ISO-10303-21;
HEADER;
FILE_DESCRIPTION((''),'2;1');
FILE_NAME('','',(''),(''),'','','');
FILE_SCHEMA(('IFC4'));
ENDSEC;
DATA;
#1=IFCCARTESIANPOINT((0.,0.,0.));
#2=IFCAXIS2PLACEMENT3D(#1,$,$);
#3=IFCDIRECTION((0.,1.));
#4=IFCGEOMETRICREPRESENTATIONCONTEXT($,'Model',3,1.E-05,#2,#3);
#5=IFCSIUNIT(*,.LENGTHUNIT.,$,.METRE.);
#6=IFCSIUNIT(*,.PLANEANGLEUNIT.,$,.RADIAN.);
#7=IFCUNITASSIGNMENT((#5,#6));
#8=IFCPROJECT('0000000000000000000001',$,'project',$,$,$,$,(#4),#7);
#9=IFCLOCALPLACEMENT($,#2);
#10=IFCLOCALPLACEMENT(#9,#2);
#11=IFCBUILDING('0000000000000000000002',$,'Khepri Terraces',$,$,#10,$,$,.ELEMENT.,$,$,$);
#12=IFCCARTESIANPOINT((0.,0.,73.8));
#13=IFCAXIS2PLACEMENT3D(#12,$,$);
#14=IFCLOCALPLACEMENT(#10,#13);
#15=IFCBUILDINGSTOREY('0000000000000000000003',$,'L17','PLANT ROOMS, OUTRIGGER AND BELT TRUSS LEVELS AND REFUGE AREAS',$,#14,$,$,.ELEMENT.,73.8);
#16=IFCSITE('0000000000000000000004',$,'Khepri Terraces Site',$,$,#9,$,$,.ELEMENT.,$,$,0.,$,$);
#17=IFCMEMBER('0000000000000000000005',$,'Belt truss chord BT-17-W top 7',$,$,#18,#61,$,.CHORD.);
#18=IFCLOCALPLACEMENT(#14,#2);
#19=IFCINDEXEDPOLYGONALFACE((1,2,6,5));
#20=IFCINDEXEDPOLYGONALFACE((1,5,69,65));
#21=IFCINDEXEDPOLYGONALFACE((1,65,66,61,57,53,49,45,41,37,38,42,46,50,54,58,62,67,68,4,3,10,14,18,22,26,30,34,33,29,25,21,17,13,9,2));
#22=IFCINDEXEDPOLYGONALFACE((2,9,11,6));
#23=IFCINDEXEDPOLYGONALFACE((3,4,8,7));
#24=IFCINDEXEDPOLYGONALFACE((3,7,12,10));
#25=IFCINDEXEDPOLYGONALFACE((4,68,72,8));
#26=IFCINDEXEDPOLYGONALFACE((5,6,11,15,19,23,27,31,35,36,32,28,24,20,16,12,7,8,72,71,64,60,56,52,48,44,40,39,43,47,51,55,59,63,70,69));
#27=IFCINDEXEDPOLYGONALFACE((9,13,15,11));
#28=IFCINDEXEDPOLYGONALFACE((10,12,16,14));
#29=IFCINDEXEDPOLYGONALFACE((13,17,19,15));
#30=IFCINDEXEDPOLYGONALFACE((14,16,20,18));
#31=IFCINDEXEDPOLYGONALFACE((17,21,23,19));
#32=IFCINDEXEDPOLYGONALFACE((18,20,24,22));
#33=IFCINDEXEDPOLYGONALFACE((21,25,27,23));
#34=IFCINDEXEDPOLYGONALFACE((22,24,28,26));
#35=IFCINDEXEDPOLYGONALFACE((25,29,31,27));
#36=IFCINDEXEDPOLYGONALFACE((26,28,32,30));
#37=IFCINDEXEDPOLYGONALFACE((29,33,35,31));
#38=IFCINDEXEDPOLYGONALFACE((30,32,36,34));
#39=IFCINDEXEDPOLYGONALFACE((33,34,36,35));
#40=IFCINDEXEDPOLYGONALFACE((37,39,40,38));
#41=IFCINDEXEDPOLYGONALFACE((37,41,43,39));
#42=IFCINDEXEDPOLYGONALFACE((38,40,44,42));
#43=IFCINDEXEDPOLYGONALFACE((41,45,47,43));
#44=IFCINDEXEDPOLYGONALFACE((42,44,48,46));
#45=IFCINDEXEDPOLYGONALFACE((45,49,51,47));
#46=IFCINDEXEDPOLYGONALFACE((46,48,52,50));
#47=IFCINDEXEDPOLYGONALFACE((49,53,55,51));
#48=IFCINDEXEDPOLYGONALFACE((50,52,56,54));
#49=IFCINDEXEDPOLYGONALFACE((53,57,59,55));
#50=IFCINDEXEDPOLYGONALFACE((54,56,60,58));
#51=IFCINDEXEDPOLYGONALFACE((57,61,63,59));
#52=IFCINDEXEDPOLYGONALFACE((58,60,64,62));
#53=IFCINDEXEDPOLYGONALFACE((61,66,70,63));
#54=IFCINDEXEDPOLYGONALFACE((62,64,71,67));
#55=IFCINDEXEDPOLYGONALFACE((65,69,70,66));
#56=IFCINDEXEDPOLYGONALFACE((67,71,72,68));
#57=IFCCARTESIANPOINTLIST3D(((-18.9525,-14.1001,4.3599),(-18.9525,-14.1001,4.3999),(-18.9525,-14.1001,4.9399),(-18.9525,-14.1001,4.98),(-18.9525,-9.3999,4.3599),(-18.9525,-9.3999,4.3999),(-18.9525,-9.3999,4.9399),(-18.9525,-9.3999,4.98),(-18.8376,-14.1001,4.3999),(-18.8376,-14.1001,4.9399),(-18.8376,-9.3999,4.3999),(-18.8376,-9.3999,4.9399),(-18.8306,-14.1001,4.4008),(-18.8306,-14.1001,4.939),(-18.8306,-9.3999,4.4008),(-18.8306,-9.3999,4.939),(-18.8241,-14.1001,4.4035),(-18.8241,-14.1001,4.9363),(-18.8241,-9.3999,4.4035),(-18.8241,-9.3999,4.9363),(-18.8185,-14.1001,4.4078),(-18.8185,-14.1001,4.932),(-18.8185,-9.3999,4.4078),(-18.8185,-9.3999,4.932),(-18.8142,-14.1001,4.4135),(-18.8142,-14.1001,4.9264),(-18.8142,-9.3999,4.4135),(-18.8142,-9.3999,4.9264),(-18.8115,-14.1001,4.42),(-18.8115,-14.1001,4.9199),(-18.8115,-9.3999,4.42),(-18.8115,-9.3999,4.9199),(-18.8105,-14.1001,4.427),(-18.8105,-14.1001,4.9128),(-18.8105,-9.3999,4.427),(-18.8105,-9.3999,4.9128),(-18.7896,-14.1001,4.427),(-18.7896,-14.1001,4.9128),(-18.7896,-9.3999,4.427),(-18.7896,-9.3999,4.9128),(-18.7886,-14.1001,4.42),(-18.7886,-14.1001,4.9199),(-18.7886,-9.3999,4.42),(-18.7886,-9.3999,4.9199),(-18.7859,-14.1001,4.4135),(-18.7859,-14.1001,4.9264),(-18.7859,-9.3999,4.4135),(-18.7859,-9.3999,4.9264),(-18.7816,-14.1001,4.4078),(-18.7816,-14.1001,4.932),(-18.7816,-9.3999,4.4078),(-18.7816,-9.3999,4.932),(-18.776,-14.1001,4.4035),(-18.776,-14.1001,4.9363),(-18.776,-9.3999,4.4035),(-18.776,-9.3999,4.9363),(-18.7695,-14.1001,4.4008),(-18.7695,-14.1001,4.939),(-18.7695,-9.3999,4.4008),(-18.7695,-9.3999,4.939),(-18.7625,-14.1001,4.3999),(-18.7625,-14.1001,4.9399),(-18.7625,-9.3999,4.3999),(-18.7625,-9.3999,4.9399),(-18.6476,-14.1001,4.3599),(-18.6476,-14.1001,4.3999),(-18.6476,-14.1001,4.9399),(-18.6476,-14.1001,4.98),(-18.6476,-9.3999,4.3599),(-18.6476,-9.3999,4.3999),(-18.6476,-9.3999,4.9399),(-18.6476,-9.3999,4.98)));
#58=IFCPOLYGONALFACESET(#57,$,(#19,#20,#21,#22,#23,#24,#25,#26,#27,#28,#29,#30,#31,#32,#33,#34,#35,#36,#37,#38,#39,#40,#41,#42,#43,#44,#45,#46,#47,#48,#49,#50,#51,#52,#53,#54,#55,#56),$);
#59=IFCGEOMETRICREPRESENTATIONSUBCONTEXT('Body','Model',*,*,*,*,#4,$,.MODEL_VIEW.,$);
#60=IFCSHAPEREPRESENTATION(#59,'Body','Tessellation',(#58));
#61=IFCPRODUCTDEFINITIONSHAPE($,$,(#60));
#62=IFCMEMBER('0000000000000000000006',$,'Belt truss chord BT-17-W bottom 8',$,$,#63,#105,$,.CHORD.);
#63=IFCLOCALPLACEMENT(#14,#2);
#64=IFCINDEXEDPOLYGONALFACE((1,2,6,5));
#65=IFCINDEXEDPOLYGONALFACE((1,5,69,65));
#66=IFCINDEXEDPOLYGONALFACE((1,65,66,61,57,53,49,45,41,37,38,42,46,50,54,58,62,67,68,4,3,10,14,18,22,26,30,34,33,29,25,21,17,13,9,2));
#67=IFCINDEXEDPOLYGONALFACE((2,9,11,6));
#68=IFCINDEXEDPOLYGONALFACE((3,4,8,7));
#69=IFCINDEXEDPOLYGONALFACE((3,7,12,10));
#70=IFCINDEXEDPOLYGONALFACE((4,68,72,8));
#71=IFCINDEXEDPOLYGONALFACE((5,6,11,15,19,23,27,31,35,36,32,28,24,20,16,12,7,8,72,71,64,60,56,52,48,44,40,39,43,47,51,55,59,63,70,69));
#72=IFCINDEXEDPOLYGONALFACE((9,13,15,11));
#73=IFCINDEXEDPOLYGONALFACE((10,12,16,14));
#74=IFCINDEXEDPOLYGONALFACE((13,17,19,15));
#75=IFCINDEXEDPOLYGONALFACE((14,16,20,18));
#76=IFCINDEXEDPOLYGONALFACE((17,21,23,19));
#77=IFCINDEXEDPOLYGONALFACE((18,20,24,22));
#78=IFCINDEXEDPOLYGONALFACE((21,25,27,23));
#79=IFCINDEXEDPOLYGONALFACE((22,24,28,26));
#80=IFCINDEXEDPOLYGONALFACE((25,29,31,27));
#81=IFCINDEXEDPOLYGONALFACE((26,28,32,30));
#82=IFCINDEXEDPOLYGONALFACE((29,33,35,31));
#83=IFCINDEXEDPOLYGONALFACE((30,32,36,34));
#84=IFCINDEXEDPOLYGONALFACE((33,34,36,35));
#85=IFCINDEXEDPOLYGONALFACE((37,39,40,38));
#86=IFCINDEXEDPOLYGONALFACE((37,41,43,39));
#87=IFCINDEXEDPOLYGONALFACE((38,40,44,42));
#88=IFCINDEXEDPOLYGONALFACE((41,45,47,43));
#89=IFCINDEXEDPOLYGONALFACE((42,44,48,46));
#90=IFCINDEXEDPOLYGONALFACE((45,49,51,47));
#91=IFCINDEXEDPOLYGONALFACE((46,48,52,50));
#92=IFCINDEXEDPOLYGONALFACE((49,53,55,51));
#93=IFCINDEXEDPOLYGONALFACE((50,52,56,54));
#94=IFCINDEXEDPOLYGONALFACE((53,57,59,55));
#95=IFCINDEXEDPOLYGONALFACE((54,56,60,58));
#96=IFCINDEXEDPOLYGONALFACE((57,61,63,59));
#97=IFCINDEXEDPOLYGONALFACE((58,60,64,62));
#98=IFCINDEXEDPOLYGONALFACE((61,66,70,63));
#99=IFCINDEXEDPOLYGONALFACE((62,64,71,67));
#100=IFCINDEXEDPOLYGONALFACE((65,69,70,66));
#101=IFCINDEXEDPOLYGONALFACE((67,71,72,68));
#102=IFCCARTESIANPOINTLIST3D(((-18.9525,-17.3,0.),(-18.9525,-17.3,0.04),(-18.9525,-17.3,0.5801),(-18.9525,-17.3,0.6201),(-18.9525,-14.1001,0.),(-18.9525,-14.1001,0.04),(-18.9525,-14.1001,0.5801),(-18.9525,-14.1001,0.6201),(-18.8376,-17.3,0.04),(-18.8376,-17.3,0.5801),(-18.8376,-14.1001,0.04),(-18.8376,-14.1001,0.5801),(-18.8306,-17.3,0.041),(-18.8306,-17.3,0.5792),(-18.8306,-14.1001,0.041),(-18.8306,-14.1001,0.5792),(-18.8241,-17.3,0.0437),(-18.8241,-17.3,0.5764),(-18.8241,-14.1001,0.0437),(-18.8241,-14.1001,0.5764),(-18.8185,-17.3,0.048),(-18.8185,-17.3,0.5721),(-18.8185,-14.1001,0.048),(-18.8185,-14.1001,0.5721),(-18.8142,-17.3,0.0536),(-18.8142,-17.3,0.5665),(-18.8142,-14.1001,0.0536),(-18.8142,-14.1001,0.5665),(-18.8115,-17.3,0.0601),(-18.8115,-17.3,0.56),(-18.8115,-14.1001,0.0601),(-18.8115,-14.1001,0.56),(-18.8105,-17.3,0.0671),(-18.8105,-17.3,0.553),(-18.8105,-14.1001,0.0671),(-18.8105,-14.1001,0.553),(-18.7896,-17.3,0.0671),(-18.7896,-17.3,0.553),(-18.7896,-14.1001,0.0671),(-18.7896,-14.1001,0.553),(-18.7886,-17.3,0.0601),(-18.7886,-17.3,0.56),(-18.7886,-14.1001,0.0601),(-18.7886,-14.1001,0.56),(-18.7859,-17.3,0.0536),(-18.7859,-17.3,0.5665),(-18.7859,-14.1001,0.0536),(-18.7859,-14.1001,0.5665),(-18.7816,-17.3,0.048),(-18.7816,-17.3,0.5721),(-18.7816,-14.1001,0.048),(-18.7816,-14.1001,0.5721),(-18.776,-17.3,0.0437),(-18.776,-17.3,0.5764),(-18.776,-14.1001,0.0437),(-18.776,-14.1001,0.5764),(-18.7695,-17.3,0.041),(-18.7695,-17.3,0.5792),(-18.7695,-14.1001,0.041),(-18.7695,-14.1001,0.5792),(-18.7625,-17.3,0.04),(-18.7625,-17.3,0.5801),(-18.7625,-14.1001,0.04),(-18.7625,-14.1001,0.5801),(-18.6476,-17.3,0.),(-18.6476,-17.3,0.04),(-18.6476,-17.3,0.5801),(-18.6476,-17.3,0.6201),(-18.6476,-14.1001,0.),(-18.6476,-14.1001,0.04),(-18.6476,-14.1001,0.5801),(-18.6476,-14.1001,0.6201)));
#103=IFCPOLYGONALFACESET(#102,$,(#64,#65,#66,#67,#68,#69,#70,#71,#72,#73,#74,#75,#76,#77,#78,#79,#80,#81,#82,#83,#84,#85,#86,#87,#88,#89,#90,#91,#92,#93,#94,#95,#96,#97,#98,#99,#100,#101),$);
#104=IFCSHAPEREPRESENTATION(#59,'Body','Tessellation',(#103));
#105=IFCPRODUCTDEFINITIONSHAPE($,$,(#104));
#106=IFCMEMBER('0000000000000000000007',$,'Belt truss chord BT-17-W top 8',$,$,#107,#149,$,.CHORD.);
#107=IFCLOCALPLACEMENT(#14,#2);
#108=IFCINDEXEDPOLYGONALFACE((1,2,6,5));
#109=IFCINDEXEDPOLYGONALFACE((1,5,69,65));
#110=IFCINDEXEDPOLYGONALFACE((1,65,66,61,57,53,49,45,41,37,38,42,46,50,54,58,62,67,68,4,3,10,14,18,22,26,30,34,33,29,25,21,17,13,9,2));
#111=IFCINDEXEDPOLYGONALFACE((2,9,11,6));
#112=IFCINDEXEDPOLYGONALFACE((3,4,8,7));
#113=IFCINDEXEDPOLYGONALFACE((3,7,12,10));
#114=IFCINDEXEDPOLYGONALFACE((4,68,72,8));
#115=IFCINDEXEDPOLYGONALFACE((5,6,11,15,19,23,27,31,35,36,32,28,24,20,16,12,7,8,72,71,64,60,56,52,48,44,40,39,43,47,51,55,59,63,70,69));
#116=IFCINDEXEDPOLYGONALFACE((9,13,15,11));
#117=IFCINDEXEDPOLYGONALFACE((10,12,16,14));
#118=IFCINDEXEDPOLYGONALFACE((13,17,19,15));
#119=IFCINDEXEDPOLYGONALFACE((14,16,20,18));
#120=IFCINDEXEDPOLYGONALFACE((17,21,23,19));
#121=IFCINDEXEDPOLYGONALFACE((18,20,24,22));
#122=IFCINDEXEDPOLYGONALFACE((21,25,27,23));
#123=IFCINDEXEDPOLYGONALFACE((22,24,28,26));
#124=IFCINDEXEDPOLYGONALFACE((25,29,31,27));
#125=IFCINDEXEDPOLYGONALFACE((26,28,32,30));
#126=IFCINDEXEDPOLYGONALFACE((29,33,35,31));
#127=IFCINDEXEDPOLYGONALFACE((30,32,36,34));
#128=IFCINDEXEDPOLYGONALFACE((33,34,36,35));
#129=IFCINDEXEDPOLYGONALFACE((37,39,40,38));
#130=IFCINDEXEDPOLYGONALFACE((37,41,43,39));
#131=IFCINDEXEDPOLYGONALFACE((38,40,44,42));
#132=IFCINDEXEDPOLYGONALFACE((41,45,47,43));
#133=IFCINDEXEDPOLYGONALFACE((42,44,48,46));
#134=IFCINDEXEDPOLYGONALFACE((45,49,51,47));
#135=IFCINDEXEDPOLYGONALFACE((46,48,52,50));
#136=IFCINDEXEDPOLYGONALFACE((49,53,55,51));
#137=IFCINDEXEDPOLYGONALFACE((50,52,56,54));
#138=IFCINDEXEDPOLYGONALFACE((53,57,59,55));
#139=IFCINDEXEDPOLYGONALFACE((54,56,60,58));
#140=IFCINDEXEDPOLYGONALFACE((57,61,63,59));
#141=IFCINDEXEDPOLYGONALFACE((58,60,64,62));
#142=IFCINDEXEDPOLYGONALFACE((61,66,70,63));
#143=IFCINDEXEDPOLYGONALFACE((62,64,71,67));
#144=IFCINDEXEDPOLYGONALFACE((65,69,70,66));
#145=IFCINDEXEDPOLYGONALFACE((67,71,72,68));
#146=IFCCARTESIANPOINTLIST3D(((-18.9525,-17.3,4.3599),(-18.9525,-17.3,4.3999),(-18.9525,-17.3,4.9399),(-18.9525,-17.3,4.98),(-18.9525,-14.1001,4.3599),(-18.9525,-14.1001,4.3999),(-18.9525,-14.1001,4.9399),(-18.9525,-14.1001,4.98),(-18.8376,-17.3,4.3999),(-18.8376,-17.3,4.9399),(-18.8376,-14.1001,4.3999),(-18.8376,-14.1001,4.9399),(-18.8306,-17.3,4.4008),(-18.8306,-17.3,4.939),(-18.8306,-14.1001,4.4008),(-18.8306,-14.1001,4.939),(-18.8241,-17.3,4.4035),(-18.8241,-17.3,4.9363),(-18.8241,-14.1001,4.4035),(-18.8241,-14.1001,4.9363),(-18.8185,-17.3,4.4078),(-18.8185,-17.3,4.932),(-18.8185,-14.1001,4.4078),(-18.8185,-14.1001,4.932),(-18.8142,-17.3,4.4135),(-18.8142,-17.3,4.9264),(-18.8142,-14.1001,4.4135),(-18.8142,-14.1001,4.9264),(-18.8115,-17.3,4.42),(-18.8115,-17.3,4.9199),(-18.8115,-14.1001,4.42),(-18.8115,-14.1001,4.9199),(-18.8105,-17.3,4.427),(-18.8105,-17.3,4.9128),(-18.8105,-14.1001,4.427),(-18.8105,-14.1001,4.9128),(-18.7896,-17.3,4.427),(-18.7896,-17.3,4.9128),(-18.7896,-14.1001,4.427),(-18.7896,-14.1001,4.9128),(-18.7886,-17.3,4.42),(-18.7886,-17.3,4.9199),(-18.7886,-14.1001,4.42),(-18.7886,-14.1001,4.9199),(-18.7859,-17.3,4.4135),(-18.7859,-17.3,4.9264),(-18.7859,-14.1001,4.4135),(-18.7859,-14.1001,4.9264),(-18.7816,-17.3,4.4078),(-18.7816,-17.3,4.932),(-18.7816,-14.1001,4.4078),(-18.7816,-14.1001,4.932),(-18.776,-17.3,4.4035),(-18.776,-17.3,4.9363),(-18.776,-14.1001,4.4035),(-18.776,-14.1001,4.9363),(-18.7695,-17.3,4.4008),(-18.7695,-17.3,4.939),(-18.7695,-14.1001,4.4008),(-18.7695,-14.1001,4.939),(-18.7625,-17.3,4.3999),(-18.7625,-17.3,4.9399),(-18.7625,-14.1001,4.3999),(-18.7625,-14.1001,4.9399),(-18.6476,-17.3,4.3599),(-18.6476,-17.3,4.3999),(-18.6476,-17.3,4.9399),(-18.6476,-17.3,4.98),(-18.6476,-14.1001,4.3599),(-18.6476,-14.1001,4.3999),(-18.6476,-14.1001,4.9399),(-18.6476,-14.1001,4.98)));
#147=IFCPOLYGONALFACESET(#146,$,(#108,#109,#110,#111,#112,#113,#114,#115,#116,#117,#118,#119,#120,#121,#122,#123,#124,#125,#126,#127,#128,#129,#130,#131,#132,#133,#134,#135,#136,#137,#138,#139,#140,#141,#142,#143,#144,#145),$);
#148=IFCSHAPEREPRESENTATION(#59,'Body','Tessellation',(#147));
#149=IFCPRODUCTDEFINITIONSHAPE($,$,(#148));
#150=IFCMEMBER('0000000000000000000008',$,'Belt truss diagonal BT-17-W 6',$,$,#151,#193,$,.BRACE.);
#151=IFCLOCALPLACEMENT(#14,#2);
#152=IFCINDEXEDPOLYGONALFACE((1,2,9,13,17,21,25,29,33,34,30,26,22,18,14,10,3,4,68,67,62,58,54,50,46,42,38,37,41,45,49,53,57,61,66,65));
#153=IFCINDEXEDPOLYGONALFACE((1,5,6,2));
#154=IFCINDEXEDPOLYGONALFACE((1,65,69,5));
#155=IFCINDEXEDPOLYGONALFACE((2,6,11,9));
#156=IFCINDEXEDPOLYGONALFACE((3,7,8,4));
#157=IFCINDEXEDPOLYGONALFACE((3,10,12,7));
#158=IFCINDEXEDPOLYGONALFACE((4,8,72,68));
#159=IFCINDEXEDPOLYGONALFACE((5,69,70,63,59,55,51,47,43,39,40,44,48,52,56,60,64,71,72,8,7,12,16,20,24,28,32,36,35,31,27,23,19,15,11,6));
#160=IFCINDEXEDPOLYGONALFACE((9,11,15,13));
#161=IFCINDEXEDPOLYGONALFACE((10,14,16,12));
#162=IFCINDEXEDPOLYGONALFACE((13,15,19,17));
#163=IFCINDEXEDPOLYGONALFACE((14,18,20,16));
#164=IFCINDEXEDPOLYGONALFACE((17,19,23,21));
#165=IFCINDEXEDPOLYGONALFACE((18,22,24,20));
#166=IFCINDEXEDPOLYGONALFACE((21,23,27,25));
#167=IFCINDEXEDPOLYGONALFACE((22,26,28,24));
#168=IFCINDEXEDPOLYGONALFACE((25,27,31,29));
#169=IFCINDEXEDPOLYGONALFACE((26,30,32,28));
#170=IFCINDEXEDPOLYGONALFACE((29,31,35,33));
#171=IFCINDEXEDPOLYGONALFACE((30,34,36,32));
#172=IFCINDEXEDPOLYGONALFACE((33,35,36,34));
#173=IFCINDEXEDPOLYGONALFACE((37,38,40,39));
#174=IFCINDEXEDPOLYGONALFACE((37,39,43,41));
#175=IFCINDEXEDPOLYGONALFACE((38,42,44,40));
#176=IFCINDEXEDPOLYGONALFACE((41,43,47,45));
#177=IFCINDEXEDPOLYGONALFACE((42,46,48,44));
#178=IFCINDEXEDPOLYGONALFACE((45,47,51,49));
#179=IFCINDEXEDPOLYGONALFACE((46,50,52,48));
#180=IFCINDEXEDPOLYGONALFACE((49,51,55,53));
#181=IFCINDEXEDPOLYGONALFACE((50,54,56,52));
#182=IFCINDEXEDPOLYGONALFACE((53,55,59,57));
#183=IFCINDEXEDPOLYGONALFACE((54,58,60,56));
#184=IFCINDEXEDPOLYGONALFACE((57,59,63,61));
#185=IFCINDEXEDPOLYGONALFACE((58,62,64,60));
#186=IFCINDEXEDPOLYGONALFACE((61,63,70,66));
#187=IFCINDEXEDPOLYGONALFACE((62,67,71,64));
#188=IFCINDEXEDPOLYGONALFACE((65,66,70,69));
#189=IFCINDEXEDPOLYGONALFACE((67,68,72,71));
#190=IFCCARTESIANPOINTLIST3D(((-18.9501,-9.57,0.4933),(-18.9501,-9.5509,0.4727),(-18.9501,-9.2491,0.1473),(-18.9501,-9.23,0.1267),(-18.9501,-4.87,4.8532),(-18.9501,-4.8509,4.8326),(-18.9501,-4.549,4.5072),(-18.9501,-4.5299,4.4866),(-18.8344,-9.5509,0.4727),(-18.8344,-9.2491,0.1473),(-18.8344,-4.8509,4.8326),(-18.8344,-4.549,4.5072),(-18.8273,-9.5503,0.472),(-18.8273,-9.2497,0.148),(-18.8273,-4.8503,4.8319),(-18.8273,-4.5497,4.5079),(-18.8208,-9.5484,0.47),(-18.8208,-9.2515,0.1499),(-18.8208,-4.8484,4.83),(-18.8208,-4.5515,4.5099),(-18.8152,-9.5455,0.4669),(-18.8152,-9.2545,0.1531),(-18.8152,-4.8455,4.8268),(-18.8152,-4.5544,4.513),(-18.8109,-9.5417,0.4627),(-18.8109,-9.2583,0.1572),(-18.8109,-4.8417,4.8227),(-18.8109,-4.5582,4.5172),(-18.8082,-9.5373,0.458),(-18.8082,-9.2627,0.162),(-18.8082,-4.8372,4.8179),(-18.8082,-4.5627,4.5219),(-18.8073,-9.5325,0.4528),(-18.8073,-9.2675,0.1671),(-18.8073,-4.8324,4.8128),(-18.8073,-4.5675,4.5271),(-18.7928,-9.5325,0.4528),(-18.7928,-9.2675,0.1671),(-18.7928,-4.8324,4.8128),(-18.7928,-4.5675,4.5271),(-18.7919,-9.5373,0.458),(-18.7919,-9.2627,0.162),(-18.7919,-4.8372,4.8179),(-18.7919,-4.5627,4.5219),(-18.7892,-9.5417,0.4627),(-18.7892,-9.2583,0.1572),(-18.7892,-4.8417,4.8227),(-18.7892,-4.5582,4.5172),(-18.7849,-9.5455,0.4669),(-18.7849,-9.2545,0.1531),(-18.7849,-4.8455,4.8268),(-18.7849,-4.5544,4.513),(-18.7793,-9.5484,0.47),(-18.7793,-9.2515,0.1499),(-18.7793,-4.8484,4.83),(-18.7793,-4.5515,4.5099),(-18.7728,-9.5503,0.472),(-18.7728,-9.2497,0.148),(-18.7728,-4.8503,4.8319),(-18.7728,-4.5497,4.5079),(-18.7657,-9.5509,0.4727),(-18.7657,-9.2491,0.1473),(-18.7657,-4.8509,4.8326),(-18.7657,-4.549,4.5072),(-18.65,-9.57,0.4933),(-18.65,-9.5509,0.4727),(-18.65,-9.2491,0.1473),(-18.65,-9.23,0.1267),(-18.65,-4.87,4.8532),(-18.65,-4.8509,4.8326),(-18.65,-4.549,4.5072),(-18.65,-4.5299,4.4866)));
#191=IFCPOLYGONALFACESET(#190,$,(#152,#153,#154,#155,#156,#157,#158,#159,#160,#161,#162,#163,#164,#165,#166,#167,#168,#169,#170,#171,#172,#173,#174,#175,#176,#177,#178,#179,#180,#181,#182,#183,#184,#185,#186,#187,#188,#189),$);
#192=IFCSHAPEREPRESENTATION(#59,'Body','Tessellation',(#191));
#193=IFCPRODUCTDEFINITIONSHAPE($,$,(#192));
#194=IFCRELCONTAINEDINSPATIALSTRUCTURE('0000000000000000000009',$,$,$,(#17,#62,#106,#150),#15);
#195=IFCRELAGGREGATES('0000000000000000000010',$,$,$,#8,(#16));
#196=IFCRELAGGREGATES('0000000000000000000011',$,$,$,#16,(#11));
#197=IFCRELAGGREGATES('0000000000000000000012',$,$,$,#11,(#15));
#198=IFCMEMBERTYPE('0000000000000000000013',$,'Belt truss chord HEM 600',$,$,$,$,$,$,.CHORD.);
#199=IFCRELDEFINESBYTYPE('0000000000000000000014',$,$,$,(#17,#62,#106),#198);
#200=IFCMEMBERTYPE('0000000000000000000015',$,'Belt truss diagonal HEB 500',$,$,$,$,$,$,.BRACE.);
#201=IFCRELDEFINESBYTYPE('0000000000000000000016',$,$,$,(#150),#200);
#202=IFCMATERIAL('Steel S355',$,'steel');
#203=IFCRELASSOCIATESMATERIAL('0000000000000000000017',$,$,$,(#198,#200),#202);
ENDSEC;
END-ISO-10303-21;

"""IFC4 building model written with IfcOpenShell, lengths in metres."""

from ifc_helpers import new_model, si_unit, direction, frame, origin, origin_2d, place, context, subcontext, project, spatial, i_section, extrude, material, material_profile, profile_set, type_object, element, save


model = new_model("IFC4")

# Units and contexts
model_context = context("Model", 3, precision=1e-05, world=origin(), true_north=direction((0.0, 1.0)))
body_context = subcontext(model_context, "Body", "Model", "MODEL_VIEW")
ifc_project = project(units=[si_unit("LENGTHUNIT", "METRE"), si_unit("PLANEANGLEUNIT", "RADIAN")], contexts=[model_context])

# Site, building, storey
site_placement = place(None, origin())
site = spatial("IfcSite", under=ifc_project, at=site_placement, Name="Khepri Terraces Site", CompositionType="ELEMENT", RefElevation=0.0)
building_placement = place(site_placement, origin())
building = spatial("IfcBuilding", under=site, at=building_placement, Name="Khepri Terraces", CompositionType="ELEMENT")
storey_placement = place(building_placement, frame((0.0, 0.0, 73.8)))
storey = spatial("IfcBuildingStorey", under=building, at=storey_placement, Name="L17", Description="PLANT ROOMS, OUTRIGGER AND BELT TRUSS LEVELS AND REFUGE AREAS", CompositionType="ELEMENT", Elevation=73.8)

# Members
ifc_material_1 = material(Name="Steel S355", Category="steel")
ifc_material_profile_1 = material_profile(ifc_material_1, i_section(OverallWidth=0.3049, OverallDepth=0.6201, WebThickness=0.021, FlangeThickness=0.04, FilletRadius=0.0271, at=origin_2d()), Name="Steel S355", Category="steel")
ifc_profile_set_1 = profile_set([ifc_material_profile_1], Name="Steel S355")
member_type_1 = type_object("IfcMemberType", Name="Belt truss chord HEM 600", PredefinedType="CHORD", material=ifc_profile_set_1)
for number, where, z_axis, x_axis, name in (
    (1, (-18.8, -9.3999, 4.6699), (0.0, -1.0, 0.0), (1.0, 0.0, 0.0), "Belt truss chord BT-17-W top 7"),
):
    element("IfcMember", number, at=place(storey_placement, frame(where, z_axis=z_axis, x_axis=x_axis)), inside=storey, type_object=member_type_1, Name=name, PredefinedType="CHORD", context=body_context, shape_type="SweptSolid", body=[
        extrude(i_section(OverallWidth=0.3049, OverallDepth=0.6201, WebThickness=0.021, FlangeThickness=0.04, FilletRadius=0.0271, at=origin_2d()), origin(), (0.0, 0.0, 1.0), 4.7002),
    ])
for number, where, z_axis, x_axis, name in (
    (2, (-18.8, -14.1001, 0.3101), (0.0, -1.0, 0.0), (1.0, 0.0, 0.0), "Belt truss chord BT-17-W bottom 8"),
    (3, (-18.8, -14.1001, 4.6699), (0.0, -1.0, 0.0), (1.0, 0.0, 0.0), "Belt truss chord BT-17-W top 8"),
):
    element("IfcMember", number, at=place(storey_placement, frame(where, z_axis=z_axis, x_axis=x_axis)), inside=storey, type_object=member_type_1, Name=name, PredefinedType="CHORD", context=body_context, shape_type="SweptSolid", body=[
        extrude(i_section(OverallWidth=0.3049, OverallDepth=0.6201, WebThickness=0.021, FlangeThickness=0.04, FilletRadius=0.0271, at=origin_2d()), origin(), (0.0, 0.0, 1.0), 3.2),
    ])
ifc_material_profile_2 = material_profile(ifc_material_1, i_section(OverallWidth=0.3, OverallDepth=0.5, WebThickness=0.0144, FlangeThickness=0.0281, FilletRadius=0.0271, at=origin_2d()), Name="Steel S355", Category="steel")
ifc_profile_set_2 = profile_set([ifc_material_profile_2], Name="Steel S355")
member_type_2 = type_object("IfcMemberType", Name="Belt truss diagonal HEB 500", PredefinedType="BRACE", material=ifc_profile_set_2)
for number, where, z_axis, x_axis, name in (
    (4, (-18.8, -4.7, 4.6699), (0.0, -0.733134, -0.680084), (1.0, 0.0, 0.0), "Belt truss diagonal BT-17-W 6"),
):
    element("IfcMember", number, at=place(storey_placement, frame(where, z_axis=z_axis, x_axis=x_axis)), inside=storey, type_object=member_type_2, Name=name, PredefinedType="BRACE", context=body_context, shape_type="SweptSolid", body=[
        extrude(i_section(OverallWidth=0.3, OverallDepth=0.5, WebThickness=0.0144, FlangeThickness=0.0281, FilletRadius=0.0271, at=origin_2d()), origin(), (0.0, 0.0, 1.0), 6.4109),
    ])

save(model, "model.ifc")
